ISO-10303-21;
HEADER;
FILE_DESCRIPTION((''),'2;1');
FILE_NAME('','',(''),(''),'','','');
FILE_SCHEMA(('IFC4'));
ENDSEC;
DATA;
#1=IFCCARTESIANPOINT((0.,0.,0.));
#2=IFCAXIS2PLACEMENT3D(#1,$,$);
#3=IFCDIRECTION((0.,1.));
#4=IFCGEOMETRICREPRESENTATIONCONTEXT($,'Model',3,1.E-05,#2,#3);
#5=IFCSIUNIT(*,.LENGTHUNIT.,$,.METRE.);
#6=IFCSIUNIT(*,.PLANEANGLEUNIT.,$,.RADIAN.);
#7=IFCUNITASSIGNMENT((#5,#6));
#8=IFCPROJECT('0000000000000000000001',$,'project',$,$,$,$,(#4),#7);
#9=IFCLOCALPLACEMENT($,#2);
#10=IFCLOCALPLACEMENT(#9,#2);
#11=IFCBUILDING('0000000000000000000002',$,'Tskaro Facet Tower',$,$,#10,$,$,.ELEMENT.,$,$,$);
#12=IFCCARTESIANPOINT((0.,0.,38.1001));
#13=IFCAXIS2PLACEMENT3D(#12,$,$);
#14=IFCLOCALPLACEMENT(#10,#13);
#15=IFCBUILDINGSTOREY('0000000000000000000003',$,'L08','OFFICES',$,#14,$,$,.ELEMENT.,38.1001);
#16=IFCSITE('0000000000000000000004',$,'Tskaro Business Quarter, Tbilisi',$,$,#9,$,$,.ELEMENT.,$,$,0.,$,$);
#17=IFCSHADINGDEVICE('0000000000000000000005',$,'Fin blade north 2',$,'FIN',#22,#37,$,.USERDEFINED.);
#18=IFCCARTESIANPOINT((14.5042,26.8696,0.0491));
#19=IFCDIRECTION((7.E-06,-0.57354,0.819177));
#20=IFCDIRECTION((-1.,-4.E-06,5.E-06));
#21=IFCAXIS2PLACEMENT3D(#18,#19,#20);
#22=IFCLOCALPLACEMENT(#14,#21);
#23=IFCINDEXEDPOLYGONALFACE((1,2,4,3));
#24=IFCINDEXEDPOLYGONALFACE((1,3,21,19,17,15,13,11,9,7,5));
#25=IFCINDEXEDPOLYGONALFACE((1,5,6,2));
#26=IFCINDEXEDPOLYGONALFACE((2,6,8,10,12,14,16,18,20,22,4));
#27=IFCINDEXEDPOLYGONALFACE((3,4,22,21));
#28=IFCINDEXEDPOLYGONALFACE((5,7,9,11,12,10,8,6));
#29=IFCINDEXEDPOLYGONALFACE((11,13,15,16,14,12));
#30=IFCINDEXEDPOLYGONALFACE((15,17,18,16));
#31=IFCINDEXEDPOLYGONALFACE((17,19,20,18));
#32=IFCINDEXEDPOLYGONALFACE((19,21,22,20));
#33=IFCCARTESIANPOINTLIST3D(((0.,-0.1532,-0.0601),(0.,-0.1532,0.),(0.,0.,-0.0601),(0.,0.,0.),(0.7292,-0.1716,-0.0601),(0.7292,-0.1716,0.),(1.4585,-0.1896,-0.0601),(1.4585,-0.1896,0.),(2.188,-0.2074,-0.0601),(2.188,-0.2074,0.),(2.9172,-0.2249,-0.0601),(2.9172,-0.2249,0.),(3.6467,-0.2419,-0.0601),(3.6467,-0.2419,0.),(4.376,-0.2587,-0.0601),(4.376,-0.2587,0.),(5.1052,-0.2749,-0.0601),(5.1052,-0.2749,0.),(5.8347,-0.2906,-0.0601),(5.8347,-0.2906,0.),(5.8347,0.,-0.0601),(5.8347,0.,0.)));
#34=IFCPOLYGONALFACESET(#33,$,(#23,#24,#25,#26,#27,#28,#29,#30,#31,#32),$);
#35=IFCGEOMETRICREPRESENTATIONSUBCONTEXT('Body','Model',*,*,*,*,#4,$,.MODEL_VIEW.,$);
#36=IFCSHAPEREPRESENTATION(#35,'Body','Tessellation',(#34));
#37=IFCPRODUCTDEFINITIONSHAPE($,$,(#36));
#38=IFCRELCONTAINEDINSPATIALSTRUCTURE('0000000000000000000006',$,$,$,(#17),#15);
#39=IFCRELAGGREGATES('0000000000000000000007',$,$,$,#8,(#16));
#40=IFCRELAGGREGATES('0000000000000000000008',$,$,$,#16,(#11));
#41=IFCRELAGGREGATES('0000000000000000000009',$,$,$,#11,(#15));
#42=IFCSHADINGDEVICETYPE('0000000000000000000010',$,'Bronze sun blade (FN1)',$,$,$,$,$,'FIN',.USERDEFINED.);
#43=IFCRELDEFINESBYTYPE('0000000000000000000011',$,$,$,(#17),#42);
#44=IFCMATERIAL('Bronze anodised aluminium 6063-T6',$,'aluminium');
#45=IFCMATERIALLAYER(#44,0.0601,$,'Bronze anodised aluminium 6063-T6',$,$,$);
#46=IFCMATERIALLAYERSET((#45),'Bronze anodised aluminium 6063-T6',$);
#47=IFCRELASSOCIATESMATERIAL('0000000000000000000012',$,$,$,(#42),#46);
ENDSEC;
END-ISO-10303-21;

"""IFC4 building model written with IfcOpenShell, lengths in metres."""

from ifc_helpers import new_model, si_unit, direction, frame, origin, place, context, subcontext, project, spatial, polyline, outline, extrude, material, layer, layer_set, type_object, element, save


model = new_model("IFC4")

# Units and contexts
model_context = context("Model", 3, precision=1e-05, world=origin(), true_north=direction((0.0, 1.0)))
body_context = subcontext(model_context, "Body", "Model", "MODEL_VIEW")
ifc_project = project(units=[si_unit("LENGTHUNIT", "METRE"), si_unit("PLANEANGLEUNIT", "RADIAN")], contexts=[model_context])

# Site, building, storey
site_placement = place(None, origin())
site = spatial("IfcSite", under=ifc_project, at=site_placement, Name="Tskaro Business Quarter, Tbilisi", CompositionType="ELEMENT", RefElevation=0.0)
building_placement = place(site_placement, origin())
building = spatial("IfcBuilding", under=site, at=building_placement, Name="Tskaro Facet Tower", CompositionType="ELEMENT")
storey_placement = place(building_placement, frame((0.0, 0.0, 38.1001)))
storey = spatial("IfcBuildingStorey", under=building, at=storey_placement, Name="L08", Description="OFFICES", CompositionType="ELEMENT", Elevation=38.1001)

# Shared definitions
ifc_material_1 = material(Name="Bronze anodised aluminium 6063-T6", Category="aluminium")

# Shading device
ifc_layer_1 = layer(ifc_material_1, 0.0601, Name="Bronze anodised aluminium 6063-T6")
ifc_layer_set_1 = layer_set([ifc_layer_1], Name="Bronze anodised aluminium 6063-T6")
shading_device_type = type_object("IfcShadingDeviceType", Name="Bronze sun blade (FN1)", ElementType="FIN", PredefinedType="USERDEFINED", material=ifc_layer_set_1)
shading_device_1_placement = place(storey_placement, frame((14.5042, 26.8696, 0.0491), z_axis=(0.000007, -0.57354, 0.819177), x_axis=(-1.0, -0.000004, 0.000005)))
element("IfcShadingDevice", 1, at=shading_device_1_placement, inside=storey, type_object=shading_device_type, Name="Fin blade north 2", ObjectType="FIN", PredefinedType="USERDEFINED", context=body_context, shape_type="SweptSolid", body=[
    extrude(outline(polyline([(0.0, 0.0), (5.8347, 0.0), (5.8347, -0.2906), (5.1052, -0.2749), (4.376, -0.2587), (3.6467, -0.2419), (2.9172, -0.2249), (2.188, -0.2074), (1.4585, -0.1896), (0.7292, -0.1716), (0.0, -0.1532), (0.0, 0.0)])), origin(), (0.0, 0.0, -1.0), 0.0601),
])

save(model, "model.ifc")
